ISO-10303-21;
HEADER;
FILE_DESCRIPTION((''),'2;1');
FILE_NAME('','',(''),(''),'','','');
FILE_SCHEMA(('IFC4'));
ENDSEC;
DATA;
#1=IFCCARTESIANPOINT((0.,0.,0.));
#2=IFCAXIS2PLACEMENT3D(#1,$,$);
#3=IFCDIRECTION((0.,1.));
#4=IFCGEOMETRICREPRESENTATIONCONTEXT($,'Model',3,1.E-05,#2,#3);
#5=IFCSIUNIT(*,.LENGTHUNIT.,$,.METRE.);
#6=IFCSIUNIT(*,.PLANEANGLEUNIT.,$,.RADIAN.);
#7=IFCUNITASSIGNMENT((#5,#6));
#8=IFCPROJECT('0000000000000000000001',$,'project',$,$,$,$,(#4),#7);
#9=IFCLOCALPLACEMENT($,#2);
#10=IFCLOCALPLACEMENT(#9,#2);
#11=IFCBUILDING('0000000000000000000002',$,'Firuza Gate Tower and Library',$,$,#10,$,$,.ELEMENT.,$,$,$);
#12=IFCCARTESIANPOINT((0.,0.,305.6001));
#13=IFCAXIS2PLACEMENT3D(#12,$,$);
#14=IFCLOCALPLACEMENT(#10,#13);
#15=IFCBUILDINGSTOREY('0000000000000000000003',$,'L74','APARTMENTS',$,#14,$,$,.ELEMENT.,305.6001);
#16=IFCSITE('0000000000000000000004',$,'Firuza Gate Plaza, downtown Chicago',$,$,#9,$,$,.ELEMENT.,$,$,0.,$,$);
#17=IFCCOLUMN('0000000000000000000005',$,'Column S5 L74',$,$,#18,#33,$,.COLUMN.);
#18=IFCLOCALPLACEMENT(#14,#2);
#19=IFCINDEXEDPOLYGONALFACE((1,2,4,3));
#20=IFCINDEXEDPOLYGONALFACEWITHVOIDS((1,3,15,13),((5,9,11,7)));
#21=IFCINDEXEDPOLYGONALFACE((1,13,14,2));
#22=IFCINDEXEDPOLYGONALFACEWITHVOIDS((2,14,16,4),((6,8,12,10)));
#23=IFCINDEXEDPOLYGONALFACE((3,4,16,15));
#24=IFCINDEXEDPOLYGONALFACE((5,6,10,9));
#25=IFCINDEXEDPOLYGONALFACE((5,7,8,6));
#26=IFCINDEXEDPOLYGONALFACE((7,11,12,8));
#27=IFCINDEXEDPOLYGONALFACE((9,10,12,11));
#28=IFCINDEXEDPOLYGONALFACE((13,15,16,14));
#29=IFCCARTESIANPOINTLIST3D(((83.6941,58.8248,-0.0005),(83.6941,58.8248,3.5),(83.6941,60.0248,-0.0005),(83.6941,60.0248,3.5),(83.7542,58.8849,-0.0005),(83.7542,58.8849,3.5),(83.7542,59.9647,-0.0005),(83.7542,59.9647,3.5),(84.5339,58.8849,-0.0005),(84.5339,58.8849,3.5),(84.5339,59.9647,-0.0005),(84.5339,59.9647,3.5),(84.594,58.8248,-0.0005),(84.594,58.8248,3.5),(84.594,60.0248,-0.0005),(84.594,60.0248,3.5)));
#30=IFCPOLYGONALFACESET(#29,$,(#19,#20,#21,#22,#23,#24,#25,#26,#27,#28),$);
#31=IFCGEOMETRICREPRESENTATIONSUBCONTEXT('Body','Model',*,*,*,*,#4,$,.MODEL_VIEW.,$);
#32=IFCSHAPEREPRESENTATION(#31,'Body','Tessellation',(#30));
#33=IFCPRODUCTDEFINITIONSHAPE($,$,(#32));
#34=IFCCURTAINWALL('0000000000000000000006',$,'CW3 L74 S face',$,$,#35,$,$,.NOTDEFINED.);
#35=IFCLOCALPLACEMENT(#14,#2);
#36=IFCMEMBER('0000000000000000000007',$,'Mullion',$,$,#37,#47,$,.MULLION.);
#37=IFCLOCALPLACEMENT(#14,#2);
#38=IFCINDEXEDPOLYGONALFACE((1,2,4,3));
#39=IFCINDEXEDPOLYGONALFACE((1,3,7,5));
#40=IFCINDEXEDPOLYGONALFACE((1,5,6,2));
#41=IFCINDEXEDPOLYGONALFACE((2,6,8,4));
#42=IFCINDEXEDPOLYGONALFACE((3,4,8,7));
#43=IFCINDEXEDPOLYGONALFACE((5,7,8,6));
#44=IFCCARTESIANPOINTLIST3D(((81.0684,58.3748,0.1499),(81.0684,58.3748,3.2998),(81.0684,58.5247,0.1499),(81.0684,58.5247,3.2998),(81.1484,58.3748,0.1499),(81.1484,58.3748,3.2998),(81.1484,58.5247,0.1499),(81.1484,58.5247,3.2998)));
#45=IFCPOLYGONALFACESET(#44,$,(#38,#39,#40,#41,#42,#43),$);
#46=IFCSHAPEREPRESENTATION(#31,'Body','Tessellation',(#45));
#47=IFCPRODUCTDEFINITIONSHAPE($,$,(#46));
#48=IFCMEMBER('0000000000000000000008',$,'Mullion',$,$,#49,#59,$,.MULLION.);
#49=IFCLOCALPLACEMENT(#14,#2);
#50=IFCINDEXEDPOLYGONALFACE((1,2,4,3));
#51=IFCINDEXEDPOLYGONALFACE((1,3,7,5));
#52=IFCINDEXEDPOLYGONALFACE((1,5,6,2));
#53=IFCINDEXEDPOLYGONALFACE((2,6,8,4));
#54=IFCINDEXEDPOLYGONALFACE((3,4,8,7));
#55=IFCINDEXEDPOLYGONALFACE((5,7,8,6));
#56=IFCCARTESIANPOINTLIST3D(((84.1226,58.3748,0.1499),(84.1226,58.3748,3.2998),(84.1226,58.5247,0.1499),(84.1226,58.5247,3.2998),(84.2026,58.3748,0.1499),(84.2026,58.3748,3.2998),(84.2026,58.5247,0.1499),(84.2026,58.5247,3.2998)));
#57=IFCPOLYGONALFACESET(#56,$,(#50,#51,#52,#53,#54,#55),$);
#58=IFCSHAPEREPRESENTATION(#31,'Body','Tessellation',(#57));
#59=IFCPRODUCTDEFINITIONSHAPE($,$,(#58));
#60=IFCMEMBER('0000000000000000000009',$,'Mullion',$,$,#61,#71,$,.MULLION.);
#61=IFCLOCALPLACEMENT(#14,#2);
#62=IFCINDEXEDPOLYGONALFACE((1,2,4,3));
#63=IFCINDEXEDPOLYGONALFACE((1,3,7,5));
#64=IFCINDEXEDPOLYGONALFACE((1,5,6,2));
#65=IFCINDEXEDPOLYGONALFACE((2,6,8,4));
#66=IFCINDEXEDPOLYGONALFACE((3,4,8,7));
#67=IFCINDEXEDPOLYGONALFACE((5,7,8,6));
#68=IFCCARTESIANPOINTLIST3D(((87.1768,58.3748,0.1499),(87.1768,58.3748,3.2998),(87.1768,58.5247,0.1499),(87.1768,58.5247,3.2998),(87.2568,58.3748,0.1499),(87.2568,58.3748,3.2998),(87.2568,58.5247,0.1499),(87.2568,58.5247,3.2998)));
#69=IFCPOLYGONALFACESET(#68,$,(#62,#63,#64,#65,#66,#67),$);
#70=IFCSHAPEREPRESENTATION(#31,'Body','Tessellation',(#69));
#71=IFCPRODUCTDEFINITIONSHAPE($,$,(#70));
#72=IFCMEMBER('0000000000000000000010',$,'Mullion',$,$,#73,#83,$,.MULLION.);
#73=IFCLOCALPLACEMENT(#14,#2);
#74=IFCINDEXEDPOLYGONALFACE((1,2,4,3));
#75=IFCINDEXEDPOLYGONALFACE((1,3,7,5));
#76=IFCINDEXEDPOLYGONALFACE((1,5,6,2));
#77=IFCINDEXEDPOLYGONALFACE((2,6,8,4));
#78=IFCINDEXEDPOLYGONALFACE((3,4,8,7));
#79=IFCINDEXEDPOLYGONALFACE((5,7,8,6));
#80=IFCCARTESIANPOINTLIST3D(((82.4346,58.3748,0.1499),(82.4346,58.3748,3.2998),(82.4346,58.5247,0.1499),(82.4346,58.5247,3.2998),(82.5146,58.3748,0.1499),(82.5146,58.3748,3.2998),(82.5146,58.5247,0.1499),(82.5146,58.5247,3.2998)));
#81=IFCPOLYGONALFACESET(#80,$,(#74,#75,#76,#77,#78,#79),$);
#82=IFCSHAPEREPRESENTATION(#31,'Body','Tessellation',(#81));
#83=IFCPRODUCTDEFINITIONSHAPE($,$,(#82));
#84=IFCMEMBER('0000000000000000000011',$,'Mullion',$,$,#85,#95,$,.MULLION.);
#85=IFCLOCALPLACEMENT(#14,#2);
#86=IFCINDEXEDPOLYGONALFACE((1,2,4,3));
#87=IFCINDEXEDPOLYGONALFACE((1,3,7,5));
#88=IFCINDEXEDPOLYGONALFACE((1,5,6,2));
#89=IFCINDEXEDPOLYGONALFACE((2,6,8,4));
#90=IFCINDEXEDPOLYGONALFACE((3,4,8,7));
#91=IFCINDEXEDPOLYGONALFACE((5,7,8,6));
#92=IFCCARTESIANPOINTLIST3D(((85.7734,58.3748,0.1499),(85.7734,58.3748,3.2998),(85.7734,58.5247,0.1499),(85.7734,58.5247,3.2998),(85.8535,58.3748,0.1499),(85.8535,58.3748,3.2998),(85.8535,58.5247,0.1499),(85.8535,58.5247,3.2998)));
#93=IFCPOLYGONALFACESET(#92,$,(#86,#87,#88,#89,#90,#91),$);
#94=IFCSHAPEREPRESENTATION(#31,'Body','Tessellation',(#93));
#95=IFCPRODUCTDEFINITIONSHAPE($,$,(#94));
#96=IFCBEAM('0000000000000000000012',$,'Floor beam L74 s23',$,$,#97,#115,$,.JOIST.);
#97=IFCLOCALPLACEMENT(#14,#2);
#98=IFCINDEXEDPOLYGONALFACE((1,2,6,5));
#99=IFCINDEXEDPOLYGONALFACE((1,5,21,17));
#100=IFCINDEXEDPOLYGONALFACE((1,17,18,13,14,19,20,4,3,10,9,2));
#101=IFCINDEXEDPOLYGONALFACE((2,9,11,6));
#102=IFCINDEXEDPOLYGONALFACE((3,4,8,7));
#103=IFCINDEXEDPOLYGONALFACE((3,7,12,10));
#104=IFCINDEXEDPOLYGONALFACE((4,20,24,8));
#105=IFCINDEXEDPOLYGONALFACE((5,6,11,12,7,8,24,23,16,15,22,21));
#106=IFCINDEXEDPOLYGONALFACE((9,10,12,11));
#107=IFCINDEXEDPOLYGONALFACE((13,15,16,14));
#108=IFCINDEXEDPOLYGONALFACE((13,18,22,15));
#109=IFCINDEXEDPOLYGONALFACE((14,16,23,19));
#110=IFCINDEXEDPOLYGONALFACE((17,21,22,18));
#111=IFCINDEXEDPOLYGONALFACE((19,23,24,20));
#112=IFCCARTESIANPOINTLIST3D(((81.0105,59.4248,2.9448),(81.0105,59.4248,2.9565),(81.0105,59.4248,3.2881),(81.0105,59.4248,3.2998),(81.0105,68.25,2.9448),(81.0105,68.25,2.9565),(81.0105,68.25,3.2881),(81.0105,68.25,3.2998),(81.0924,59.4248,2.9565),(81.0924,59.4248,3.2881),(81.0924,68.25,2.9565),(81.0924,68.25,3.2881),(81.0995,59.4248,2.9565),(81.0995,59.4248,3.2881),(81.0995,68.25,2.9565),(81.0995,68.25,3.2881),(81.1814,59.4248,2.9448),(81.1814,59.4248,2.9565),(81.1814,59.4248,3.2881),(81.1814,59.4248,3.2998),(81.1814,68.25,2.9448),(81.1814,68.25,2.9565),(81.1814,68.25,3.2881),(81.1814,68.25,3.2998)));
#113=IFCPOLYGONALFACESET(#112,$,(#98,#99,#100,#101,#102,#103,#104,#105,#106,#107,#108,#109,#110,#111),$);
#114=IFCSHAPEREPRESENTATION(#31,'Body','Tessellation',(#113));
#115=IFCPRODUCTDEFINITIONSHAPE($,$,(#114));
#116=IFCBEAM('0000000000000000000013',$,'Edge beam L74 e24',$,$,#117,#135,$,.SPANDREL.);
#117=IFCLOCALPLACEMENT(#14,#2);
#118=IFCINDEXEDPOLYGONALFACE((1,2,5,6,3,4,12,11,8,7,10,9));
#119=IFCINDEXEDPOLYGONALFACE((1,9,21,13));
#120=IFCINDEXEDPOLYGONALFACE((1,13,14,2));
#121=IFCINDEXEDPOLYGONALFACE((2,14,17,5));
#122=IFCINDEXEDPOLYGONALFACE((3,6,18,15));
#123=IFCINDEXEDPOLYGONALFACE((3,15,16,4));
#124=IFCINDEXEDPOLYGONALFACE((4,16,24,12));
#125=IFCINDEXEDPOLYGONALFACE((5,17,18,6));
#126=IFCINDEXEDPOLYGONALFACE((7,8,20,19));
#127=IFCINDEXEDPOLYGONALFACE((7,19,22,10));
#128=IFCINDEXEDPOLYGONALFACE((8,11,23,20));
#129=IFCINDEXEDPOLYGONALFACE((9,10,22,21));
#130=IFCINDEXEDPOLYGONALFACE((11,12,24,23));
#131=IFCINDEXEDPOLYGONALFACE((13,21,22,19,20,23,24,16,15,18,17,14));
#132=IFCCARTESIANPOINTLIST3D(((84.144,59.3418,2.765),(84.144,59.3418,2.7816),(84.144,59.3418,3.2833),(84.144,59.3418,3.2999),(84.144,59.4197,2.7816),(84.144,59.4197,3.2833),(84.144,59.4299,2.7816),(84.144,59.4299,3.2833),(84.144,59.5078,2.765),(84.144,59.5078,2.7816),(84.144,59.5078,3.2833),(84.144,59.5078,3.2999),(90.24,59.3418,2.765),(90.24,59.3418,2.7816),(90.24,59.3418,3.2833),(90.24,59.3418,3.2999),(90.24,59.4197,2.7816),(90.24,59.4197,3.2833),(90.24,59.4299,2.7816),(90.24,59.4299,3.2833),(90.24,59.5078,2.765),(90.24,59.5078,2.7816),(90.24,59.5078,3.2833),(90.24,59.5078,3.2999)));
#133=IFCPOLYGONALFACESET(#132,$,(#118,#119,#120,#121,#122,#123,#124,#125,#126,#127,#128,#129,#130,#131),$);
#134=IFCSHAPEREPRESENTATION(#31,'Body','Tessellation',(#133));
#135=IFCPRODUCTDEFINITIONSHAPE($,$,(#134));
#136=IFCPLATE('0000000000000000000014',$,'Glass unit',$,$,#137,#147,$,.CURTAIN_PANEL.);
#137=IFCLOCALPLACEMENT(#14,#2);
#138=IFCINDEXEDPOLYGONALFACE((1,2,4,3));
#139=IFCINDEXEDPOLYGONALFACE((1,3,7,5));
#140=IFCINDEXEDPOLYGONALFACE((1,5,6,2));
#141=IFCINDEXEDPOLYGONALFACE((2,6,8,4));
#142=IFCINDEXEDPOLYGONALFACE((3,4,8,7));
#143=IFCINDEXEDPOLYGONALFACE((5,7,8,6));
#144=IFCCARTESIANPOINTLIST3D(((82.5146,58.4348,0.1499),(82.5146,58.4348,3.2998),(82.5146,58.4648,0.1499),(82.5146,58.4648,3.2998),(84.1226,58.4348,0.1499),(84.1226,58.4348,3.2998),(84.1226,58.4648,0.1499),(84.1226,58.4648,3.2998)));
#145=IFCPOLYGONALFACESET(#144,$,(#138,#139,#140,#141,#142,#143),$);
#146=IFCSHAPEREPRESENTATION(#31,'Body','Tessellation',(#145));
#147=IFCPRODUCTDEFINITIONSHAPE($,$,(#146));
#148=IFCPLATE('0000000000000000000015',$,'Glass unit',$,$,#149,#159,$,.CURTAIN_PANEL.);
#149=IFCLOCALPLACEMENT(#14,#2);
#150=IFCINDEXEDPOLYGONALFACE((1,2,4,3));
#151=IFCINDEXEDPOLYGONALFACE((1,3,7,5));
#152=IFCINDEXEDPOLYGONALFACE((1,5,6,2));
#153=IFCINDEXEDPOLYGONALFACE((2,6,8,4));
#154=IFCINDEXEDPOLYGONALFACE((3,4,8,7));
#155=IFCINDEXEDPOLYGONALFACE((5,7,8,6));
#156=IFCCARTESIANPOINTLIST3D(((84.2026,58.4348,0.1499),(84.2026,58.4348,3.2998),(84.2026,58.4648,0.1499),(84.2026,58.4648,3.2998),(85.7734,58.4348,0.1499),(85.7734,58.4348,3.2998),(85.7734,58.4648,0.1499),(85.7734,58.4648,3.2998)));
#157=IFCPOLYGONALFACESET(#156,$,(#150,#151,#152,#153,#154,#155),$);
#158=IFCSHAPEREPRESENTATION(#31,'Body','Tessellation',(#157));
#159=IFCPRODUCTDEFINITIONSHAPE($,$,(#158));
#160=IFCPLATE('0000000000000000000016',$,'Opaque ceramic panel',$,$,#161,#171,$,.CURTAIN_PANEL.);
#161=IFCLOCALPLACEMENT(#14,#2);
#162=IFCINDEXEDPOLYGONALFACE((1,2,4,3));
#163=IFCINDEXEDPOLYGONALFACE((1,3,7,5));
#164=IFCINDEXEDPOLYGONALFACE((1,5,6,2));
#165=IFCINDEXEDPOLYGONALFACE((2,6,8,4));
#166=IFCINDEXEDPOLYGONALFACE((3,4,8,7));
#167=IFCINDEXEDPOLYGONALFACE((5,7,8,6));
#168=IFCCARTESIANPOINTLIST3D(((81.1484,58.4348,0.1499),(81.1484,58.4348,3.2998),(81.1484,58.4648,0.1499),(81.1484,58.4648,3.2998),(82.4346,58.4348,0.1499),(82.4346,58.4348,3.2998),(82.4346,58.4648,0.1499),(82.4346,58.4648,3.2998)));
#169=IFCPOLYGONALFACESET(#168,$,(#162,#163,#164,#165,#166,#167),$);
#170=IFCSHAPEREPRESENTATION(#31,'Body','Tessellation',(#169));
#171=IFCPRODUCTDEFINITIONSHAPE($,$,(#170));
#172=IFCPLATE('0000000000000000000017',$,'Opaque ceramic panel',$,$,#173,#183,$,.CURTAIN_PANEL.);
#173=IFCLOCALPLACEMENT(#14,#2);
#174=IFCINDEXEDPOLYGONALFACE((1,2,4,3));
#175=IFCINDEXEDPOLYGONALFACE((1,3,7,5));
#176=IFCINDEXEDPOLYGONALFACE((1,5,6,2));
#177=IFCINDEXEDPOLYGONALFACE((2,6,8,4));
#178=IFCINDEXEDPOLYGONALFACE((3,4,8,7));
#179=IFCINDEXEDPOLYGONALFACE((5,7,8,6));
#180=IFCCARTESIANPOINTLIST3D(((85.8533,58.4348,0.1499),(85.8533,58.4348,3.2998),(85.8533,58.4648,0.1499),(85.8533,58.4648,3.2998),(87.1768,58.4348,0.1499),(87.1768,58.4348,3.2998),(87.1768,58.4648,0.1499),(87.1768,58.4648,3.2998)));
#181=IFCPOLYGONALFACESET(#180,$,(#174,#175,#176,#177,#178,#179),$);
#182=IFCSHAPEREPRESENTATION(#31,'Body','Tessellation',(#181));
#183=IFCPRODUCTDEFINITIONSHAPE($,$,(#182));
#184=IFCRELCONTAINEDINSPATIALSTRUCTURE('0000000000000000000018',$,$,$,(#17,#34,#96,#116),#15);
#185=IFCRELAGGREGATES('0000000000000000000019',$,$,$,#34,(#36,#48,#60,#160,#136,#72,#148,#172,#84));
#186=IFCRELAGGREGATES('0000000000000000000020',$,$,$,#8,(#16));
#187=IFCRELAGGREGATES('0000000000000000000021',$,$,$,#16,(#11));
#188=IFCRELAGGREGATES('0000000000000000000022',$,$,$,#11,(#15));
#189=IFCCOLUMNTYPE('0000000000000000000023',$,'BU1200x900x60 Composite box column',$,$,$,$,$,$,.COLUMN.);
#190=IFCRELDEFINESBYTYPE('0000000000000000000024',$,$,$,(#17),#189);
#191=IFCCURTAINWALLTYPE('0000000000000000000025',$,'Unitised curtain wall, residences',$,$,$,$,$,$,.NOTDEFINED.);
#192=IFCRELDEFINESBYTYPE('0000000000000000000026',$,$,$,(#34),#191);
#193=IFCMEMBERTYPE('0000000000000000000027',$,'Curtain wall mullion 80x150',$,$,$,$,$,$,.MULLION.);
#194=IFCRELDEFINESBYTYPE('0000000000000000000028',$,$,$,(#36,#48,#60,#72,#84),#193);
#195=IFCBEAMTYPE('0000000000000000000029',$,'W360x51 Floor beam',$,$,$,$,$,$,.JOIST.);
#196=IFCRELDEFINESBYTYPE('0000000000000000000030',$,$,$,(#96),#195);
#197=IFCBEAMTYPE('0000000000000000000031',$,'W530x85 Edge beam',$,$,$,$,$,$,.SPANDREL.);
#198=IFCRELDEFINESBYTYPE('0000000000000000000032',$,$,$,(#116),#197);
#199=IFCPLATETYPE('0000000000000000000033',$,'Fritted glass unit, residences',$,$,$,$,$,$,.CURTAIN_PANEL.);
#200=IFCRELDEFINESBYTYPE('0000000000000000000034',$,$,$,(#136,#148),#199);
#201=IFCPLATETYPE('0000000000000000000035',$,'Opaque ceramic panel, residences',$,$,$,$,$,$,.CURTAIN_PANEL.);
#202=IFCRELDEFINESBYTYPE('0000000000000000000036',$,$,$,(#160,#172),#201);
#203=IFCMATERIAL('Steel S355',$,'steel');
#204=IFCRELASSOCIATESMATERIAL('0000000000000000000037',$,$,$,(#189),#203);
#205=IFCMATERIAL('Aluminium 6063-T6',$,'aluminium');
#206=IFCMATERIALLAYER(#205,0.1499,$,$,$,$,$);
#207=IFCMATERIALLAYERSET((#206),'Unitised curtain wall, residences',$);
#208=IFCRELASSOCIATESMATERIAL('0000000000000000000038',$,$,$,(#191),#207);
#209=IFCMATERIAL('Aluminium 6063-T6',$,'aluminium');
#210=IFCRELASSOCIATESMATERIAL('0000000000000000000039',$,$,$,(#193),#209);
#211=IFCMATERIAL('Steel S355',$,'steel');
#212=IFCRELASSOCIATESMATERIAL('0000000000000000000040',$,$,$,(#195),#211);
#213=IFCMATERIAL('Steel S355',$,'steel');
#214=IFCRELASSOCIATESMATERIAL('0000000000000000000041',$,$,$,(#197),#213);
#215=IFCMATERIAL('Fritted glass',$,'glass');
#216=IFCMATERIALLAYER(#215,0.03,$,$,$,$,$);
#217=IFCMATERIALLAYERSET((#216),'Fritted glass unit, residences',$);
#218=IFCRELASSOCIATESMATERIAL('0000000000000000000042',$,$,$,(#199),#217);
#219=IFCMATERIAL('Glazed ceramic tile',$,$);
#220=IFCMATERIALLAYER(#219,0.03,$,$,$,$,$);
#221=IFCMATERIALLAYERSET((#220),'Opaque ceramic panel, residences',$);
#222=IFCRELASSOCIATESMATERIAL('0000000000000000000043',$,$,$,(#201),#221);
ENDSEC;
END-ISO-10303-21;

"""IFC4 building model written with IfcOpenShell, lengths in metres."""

from ifc_helpers import new_model, si_unit, direction, frame, origin, origin_2d, place, context, subcontext, project, spatial, polyline, rectangle, hollow_rectangle, i_section, outline, extrude, material, layer, layer_set, material_profile, profile_set, type_object, element, aggregate, save


model = new_model("IFC4")

# Units and contexts
model_context = context("Model", 3, precision=1e-05, world=origin(), true_north=direction((0.0, 1.0)))
body_context = subcontext(model_context, "Body", "Model", "MODEL_VIEW")
ifc_project = project(units=[si_unit("LENGTHUNIT", "METRE"), si_unit("PLANEANGLEUNIT", "RADIAN")], contexts=[model_context])

# Site, building, storey
site_placement = place(None, origin())
site = spatial("IfcSite", under=ifc_project, at=site_placement, Name="Firuza Gate Plaza, downtown Chicago", CompositionType="ELEMENT", RefElevation=0.0)
building_placement = place(site_placement, origin())
building = spatial("IfcBuilding", under=site, at=building_placement, Name="Firuza Gate Tower and Library", CompositionType="ELEMENT")
storey_placement = place(building_placement, frame((0.0, 0.0, 305.6001)))
storey = spatial("IfcBuildingStorey", under=building, at=storey_placement, Name="L74", Description="APARTMENTS", CompositionType="ELEMENT", Elevation=305.6001)

# Column
ifc_material_1 = material(Name="Steel S355", Category="steel")
ifc_material_profile_1 = material_profile(ifc_material_1, hollow_rectangle(XDim=0.8999, YDim=1.2, WallThickness=0.0601, at=origin_2d()))
ifc_profile_set_1 = profile_set([ifc_material_profile_1], Name="Steel S355")
column_type = type_object("IfcColumnType", Name="BU1200x900x60 Composite box column", PredefinedType="COLUMN", material=ifc_profile_set_1)
column_placement = place(storey_placement, frame((84.144, 59.4248, -0.0005), z_axis=(0.0, 0.0, 1.0), x_axis=(1.0, 0.0, 0.0)))
element("IfcColumn", 1, at=column_placement, inside=storey, type_object=column_type, Name="Column S5 L74", PredefinedType="COLUMN", context=body_context, shape_type="SweptSolid", body=[
    extrude(hollow_rectangle(XDim=0.8999, YDim=1.2, WallThickness=0.0601, at=origin_2d()), origin(), (0.0, 0.0, 1.0), 3.5005),
])

# Curtain wall, members
ifc_material_2 = material(Name="Aluminium 6063-T6", Category="aluminium")
ifc_layer_1 = layer(ifc_material_2, 0.1499)
ifc_layer_set_1 = layer_set([ifc_layer_1], Name="Unitised curtain wall, residences")
curtain_wall_type = type_object("IfcCurtainWallType", Name="Unitised curtain wall, residences", PredefinedType="NOTDEFINED", material=ifc_layer_set_1)
curtain_wall_placement = place(storey_placement, origin())
curtain_wall = element("IfcCurtainWall", 2, at=curtain_wall_placement, inside=storey, type_object=curtain_wall_type, Name="CW3 L74 S face", PredefinedType="NOTDEFINED")
ifc_material_3 = material(Name="Aluminium 6063-T6", Category="aluminium")
ifc_material_profile_2 = material_profile(ifc_material_3, rectangle(XDim=0.1499, YDim=0.0801, at=origin_2d()))
ifc_profile_set_2 = profile_set([ifc_material_profile_2], Name="Aluminium 6063-T6")
member_type = type_object("IfcMemberType", Name="Curtain wall mullion 80x150", PredefinedType="MULLION", material=ifc_profile_set_2)
member_1_placement = place(storey_placement, frame((81.1084, 58.4497, 0.1499), z_axis=(0.0, 0.0, 1.0), x_axis=(0.0, 1.0, 0.0)))
member_1 = element("IfcMember", 3, at=member_1_placement, type_object=member_type, Name="Mullion", PredefinedType="MULLION", context=body_context, shape_type="SweptSolid", body=[
    extrude(rectangle(XDim=0.1499, YDim=0.0801, at=origin_2d()), origin(), (0.0, 0.0, 1.0), 3.1499),
])
member_2_placement = place(storey_placement, frame((84.1626, 58.4497, 0.1499), z_axis=(0.0, 0.0, 1.0), x_axis=(0.0, 1.0, 0.0)))
member_2 = element("IfcMember", 4, at=member_2_placement, type_object=member_type, Name="Mullion", PredefinedType="MULLION", context=body_context, shape_type="SweptSolid", body=[
    extrude(rectangle(XDim=0.1499, YDim=0.0801, at=origin_2d()), origin(), (0.0, 0.0, 1.0), 3.1499),
])
member_3_placement = place(storey_placement, frame((87.2168, 58.4497, 0.1499), z_axis=(0.0, 0.0, 1.0), x_axis=(0.0, 1.0, 0.0)))
member_3 = element("IfcMember", 5, at=member_3_placement, type_object=member_type, Name="Mullion", PredefinedType="MULLION", context=body_context, shape_type="SweptSolid", body=[
    extrude(rectangle(XDim=0.1499, YDim=0.0801, at=origin_2d()), origin(), (0.0, 0.0, 1.0), 3.1499),
])
member_4_placement = place(storey_placement, frame((82.4746, 58.4497, 0.1499), z_axis=(0.0, 0.0, 1.0), x_axis=(0.0, 1.0, 0.0)))
member_4 = element("IfcMember", 6, at=member_4_placement, type_object=member_type, Name="Mullion", PredefinedType="MULLION", context=body_context, shape_type="SweptSolid", body=[
    extrude(rectangle(XDim=0.1499, YDim=0.0801, at=origin_2d()), origin(), (0.0, 0.0, 1.0), 3.1499),
])
member_5_placement = place(storey_placement, frame((85.8135, 58.4497, 0.1499), z_axis=(0.0, 0.0, 1.0), x_axis=(0.0, 1.0, 0.0)))
member_5 = element("IfcMember", 7, at=member_5_placement, type_object=member_type, Name="Mullion", PredefinedType="MULLION", context=body_context, shape_type="SweptSolid", body=[
    extrude(rectangle(XDim=0.1499, YDim=0.0801, at=origin_2d()), origin(), (0.0, 0.0, 1.0), 3.1499),
])

# Beams
ifc_material_4 = material(Name="Steel S355", Category="steel")
ifc_material_profile_3 = material_profile(ifc_material_4, i_section(OverallWidth=0.1709, OverallDepth=0.355, WebThickness=0.0071, FlangeThickness=0.0117, at=origin_2d()))
ifc_profile_set_3 = profile_set([ifc_material_profile_3], Name="Steel S355")
beam_type_1 = type_object("IfcBeamType", Name="W360x51 Floor beam", PredefinedType="JOIST", material=ifc_profile_set_3)
beam_1_placement = place(storey_placement, frame((81.0959, 59.4248, 3.1223), z_axis=(0.0, 1.0, 0.0), x_axis=(-1.0, 0.0, 0.0)))
element("IfcBeam", 8, at=beam_1_placement, inside=storey, type_object=beam_type_1, Name="Floor beam L74 s23", PredefinedType="JOIST", context=body_context, shape_type="SweptSolid", body=[
    extrude(i_section(OverallWidth=0.1709, OverallDepth=0.355, WebThickness=0.0071, FlangeThickness=0.0117, at=origin_2d()), origin(), (0.0, 0.0, 1.0), 8.8252),
])
ifc_material_5 = material(Name="Steel S355", Category="steel")
ifc_material_profile_4 = material_profile(ifc_material_5, i_section(OverallWidth=0.166, OverallDepth=0.5349, WebThickness=0.0103, FlangeThickness=0.0166, at=origin_2d()))
ifc_profile_set_4 = profile_set([ifc_material_profile_4], Name="Steel S355")
beam_type_2 = type_object("IfcBeamType", Name="W530x85 Edge beam", PredefinedType="SPANDREL", material=ifc_profile_set_4)
beam_2_placement = place(storey_placement, frame((84.144, 59.4248, 3.0325), z_axis=(1.0, 0.0, 0.0), x_axis=(0.0, 1.0, 0.0)))
element("IfcBeam", 9, at=beam_2_placement, inside=storey, type_object=beam_type_2, Name="Edge beam L74 e24", PredefinedType="SPANDREL", context=body_context, shape_type="SweptSolid", body=[
    extrude(i_section(OverallWidth=0.166, OverallDepth=0.5349, WebThickness=0.0103, FlangeThickness=0.0166, at=origin_2d()), origin(), (0.0, 0.0, 1.0), 6.0959),
])

# Plates
ifc_material_6 = material(Name="Fritted glass", Category="glass")
ifc_layer_2 = layer(ifc_material_6, 0.03)
ifc_layer_set_2 = layer_set([ifc_layer_2], Name="Fritted glass unit, residences")
plate_type_1 = type_object("IfcPlateType", Name="Fritted glass unit, residences", PredefinedType="CURTAIN_PANEL", material=ifc_layer_set_2)
plate_1_placement = place(storey_placement, frame((82.5146, 58.4348, 0.1499), z_axis=(0.0, -1.0, 0.0), x_axis=(1.0, 0.0, 0.0)))
plate_1 = element("IfcPlate", 10, at=plate_1_placement, type_object=plate_type_1, Name="Glass unit", PredefinedType="CURTAIN_PANEL", context=body_context, shape_type="SweptSolid", body=[
    extrude(outline(polyline([(0.0, 0.0), (1.6079, 0.0), (1.6079, 3.1499), (0.0, 3.1499), (0.0, 0.0)])), origin(), (0.0, 0.0, -1.0), 0.03),
])
plate_2_placement = place(storey_placement, frame((84.2026, 58.4348, 0.1499), z_axis=(0.0, -1.0, 0.0), x_axis=(1.0, 0.0, 0.0)))
plate_2 = element("IfcPlate", 11, at=plate_2_placement, type_object=plate_type_1, Name="Glass unit", PredefinedType="CURTAIN_PANEL", context=body_context, shape_type="SweptSolid", body=[
    extrude(outline(polyline([(0.0, 0.0), (1.5708, 0.0), (1.5708, 3.1499), (0.0, 3.1499), (0.0, 0.0)])), origin(), (0.0, 0.0, -1.0), 0.03),
])
ifc_material_7 = material(Name="Glazed ceramic tile")
ifc_layer_3 = layer(ifc_material_7, 0.03)
ifc_layer_set_3 = layer_set([ifc_layer_3], Name="Opaque ceramic panel, residences")
plate_type_2 = type_object("IfcPlateType", Name="Opaque ceramic panel, residences", PredefinedType="CURTAIN_PANEL", material=ifc_layer_set_3)
plate_3_placement = place(storey_placement, frame((81.1484, 58.4348, 0.1499), z_axis=(0.0, -1.0, 0.0), x_axis=(1.0, 0.0, 0.0)))
plate_3 = element("IfcPlate", 12, at=plate_3_placement, type_object=plate_type_2, Name="Opaque ceramic panel", PredefinedType="CURTAIN_PANEL", context=body_context, shape_type="SweptSolid", body=[
    extrude(outline(polyline([(0.0, 0.0), (1.2861, 0.0), (1.2861, 3.1499), (0.0, 3.1499), (0.0, 0.0)])), origin(), (0.0, 0.0, -1.0), 0.03),
])
plate_4_placement = place(storey_placement, frame((85.8533, 58.4348, 0.1499), z_axis=(0.0, -1.0, 0.0), x_axis=(1.0, 0.0, 0.0)))
plate_4 = element("IfcPlate", 13, at=plate_4_placement, type_object=plate_type_2, Name="Opaque ceramic panel", PredefinedType="CURTAIN_PANEL", context=body_context, shape_type="SweptSolid", body=[
    extrude(outline(polyline([(0.0, 0.0), (1.3235, 0.0), (1.3235, 3.1499), (0.0, 3.1499), (0.0, 0.0)])), origin(), (0.0, 0.0, -1.0), 0.03),
])
aggregate(curtain_wall, [member_1, member_2, member_3, plate_3, plate_1, member_4, plate_2, plate_4, member_5])

save(model, "model.ifc")
